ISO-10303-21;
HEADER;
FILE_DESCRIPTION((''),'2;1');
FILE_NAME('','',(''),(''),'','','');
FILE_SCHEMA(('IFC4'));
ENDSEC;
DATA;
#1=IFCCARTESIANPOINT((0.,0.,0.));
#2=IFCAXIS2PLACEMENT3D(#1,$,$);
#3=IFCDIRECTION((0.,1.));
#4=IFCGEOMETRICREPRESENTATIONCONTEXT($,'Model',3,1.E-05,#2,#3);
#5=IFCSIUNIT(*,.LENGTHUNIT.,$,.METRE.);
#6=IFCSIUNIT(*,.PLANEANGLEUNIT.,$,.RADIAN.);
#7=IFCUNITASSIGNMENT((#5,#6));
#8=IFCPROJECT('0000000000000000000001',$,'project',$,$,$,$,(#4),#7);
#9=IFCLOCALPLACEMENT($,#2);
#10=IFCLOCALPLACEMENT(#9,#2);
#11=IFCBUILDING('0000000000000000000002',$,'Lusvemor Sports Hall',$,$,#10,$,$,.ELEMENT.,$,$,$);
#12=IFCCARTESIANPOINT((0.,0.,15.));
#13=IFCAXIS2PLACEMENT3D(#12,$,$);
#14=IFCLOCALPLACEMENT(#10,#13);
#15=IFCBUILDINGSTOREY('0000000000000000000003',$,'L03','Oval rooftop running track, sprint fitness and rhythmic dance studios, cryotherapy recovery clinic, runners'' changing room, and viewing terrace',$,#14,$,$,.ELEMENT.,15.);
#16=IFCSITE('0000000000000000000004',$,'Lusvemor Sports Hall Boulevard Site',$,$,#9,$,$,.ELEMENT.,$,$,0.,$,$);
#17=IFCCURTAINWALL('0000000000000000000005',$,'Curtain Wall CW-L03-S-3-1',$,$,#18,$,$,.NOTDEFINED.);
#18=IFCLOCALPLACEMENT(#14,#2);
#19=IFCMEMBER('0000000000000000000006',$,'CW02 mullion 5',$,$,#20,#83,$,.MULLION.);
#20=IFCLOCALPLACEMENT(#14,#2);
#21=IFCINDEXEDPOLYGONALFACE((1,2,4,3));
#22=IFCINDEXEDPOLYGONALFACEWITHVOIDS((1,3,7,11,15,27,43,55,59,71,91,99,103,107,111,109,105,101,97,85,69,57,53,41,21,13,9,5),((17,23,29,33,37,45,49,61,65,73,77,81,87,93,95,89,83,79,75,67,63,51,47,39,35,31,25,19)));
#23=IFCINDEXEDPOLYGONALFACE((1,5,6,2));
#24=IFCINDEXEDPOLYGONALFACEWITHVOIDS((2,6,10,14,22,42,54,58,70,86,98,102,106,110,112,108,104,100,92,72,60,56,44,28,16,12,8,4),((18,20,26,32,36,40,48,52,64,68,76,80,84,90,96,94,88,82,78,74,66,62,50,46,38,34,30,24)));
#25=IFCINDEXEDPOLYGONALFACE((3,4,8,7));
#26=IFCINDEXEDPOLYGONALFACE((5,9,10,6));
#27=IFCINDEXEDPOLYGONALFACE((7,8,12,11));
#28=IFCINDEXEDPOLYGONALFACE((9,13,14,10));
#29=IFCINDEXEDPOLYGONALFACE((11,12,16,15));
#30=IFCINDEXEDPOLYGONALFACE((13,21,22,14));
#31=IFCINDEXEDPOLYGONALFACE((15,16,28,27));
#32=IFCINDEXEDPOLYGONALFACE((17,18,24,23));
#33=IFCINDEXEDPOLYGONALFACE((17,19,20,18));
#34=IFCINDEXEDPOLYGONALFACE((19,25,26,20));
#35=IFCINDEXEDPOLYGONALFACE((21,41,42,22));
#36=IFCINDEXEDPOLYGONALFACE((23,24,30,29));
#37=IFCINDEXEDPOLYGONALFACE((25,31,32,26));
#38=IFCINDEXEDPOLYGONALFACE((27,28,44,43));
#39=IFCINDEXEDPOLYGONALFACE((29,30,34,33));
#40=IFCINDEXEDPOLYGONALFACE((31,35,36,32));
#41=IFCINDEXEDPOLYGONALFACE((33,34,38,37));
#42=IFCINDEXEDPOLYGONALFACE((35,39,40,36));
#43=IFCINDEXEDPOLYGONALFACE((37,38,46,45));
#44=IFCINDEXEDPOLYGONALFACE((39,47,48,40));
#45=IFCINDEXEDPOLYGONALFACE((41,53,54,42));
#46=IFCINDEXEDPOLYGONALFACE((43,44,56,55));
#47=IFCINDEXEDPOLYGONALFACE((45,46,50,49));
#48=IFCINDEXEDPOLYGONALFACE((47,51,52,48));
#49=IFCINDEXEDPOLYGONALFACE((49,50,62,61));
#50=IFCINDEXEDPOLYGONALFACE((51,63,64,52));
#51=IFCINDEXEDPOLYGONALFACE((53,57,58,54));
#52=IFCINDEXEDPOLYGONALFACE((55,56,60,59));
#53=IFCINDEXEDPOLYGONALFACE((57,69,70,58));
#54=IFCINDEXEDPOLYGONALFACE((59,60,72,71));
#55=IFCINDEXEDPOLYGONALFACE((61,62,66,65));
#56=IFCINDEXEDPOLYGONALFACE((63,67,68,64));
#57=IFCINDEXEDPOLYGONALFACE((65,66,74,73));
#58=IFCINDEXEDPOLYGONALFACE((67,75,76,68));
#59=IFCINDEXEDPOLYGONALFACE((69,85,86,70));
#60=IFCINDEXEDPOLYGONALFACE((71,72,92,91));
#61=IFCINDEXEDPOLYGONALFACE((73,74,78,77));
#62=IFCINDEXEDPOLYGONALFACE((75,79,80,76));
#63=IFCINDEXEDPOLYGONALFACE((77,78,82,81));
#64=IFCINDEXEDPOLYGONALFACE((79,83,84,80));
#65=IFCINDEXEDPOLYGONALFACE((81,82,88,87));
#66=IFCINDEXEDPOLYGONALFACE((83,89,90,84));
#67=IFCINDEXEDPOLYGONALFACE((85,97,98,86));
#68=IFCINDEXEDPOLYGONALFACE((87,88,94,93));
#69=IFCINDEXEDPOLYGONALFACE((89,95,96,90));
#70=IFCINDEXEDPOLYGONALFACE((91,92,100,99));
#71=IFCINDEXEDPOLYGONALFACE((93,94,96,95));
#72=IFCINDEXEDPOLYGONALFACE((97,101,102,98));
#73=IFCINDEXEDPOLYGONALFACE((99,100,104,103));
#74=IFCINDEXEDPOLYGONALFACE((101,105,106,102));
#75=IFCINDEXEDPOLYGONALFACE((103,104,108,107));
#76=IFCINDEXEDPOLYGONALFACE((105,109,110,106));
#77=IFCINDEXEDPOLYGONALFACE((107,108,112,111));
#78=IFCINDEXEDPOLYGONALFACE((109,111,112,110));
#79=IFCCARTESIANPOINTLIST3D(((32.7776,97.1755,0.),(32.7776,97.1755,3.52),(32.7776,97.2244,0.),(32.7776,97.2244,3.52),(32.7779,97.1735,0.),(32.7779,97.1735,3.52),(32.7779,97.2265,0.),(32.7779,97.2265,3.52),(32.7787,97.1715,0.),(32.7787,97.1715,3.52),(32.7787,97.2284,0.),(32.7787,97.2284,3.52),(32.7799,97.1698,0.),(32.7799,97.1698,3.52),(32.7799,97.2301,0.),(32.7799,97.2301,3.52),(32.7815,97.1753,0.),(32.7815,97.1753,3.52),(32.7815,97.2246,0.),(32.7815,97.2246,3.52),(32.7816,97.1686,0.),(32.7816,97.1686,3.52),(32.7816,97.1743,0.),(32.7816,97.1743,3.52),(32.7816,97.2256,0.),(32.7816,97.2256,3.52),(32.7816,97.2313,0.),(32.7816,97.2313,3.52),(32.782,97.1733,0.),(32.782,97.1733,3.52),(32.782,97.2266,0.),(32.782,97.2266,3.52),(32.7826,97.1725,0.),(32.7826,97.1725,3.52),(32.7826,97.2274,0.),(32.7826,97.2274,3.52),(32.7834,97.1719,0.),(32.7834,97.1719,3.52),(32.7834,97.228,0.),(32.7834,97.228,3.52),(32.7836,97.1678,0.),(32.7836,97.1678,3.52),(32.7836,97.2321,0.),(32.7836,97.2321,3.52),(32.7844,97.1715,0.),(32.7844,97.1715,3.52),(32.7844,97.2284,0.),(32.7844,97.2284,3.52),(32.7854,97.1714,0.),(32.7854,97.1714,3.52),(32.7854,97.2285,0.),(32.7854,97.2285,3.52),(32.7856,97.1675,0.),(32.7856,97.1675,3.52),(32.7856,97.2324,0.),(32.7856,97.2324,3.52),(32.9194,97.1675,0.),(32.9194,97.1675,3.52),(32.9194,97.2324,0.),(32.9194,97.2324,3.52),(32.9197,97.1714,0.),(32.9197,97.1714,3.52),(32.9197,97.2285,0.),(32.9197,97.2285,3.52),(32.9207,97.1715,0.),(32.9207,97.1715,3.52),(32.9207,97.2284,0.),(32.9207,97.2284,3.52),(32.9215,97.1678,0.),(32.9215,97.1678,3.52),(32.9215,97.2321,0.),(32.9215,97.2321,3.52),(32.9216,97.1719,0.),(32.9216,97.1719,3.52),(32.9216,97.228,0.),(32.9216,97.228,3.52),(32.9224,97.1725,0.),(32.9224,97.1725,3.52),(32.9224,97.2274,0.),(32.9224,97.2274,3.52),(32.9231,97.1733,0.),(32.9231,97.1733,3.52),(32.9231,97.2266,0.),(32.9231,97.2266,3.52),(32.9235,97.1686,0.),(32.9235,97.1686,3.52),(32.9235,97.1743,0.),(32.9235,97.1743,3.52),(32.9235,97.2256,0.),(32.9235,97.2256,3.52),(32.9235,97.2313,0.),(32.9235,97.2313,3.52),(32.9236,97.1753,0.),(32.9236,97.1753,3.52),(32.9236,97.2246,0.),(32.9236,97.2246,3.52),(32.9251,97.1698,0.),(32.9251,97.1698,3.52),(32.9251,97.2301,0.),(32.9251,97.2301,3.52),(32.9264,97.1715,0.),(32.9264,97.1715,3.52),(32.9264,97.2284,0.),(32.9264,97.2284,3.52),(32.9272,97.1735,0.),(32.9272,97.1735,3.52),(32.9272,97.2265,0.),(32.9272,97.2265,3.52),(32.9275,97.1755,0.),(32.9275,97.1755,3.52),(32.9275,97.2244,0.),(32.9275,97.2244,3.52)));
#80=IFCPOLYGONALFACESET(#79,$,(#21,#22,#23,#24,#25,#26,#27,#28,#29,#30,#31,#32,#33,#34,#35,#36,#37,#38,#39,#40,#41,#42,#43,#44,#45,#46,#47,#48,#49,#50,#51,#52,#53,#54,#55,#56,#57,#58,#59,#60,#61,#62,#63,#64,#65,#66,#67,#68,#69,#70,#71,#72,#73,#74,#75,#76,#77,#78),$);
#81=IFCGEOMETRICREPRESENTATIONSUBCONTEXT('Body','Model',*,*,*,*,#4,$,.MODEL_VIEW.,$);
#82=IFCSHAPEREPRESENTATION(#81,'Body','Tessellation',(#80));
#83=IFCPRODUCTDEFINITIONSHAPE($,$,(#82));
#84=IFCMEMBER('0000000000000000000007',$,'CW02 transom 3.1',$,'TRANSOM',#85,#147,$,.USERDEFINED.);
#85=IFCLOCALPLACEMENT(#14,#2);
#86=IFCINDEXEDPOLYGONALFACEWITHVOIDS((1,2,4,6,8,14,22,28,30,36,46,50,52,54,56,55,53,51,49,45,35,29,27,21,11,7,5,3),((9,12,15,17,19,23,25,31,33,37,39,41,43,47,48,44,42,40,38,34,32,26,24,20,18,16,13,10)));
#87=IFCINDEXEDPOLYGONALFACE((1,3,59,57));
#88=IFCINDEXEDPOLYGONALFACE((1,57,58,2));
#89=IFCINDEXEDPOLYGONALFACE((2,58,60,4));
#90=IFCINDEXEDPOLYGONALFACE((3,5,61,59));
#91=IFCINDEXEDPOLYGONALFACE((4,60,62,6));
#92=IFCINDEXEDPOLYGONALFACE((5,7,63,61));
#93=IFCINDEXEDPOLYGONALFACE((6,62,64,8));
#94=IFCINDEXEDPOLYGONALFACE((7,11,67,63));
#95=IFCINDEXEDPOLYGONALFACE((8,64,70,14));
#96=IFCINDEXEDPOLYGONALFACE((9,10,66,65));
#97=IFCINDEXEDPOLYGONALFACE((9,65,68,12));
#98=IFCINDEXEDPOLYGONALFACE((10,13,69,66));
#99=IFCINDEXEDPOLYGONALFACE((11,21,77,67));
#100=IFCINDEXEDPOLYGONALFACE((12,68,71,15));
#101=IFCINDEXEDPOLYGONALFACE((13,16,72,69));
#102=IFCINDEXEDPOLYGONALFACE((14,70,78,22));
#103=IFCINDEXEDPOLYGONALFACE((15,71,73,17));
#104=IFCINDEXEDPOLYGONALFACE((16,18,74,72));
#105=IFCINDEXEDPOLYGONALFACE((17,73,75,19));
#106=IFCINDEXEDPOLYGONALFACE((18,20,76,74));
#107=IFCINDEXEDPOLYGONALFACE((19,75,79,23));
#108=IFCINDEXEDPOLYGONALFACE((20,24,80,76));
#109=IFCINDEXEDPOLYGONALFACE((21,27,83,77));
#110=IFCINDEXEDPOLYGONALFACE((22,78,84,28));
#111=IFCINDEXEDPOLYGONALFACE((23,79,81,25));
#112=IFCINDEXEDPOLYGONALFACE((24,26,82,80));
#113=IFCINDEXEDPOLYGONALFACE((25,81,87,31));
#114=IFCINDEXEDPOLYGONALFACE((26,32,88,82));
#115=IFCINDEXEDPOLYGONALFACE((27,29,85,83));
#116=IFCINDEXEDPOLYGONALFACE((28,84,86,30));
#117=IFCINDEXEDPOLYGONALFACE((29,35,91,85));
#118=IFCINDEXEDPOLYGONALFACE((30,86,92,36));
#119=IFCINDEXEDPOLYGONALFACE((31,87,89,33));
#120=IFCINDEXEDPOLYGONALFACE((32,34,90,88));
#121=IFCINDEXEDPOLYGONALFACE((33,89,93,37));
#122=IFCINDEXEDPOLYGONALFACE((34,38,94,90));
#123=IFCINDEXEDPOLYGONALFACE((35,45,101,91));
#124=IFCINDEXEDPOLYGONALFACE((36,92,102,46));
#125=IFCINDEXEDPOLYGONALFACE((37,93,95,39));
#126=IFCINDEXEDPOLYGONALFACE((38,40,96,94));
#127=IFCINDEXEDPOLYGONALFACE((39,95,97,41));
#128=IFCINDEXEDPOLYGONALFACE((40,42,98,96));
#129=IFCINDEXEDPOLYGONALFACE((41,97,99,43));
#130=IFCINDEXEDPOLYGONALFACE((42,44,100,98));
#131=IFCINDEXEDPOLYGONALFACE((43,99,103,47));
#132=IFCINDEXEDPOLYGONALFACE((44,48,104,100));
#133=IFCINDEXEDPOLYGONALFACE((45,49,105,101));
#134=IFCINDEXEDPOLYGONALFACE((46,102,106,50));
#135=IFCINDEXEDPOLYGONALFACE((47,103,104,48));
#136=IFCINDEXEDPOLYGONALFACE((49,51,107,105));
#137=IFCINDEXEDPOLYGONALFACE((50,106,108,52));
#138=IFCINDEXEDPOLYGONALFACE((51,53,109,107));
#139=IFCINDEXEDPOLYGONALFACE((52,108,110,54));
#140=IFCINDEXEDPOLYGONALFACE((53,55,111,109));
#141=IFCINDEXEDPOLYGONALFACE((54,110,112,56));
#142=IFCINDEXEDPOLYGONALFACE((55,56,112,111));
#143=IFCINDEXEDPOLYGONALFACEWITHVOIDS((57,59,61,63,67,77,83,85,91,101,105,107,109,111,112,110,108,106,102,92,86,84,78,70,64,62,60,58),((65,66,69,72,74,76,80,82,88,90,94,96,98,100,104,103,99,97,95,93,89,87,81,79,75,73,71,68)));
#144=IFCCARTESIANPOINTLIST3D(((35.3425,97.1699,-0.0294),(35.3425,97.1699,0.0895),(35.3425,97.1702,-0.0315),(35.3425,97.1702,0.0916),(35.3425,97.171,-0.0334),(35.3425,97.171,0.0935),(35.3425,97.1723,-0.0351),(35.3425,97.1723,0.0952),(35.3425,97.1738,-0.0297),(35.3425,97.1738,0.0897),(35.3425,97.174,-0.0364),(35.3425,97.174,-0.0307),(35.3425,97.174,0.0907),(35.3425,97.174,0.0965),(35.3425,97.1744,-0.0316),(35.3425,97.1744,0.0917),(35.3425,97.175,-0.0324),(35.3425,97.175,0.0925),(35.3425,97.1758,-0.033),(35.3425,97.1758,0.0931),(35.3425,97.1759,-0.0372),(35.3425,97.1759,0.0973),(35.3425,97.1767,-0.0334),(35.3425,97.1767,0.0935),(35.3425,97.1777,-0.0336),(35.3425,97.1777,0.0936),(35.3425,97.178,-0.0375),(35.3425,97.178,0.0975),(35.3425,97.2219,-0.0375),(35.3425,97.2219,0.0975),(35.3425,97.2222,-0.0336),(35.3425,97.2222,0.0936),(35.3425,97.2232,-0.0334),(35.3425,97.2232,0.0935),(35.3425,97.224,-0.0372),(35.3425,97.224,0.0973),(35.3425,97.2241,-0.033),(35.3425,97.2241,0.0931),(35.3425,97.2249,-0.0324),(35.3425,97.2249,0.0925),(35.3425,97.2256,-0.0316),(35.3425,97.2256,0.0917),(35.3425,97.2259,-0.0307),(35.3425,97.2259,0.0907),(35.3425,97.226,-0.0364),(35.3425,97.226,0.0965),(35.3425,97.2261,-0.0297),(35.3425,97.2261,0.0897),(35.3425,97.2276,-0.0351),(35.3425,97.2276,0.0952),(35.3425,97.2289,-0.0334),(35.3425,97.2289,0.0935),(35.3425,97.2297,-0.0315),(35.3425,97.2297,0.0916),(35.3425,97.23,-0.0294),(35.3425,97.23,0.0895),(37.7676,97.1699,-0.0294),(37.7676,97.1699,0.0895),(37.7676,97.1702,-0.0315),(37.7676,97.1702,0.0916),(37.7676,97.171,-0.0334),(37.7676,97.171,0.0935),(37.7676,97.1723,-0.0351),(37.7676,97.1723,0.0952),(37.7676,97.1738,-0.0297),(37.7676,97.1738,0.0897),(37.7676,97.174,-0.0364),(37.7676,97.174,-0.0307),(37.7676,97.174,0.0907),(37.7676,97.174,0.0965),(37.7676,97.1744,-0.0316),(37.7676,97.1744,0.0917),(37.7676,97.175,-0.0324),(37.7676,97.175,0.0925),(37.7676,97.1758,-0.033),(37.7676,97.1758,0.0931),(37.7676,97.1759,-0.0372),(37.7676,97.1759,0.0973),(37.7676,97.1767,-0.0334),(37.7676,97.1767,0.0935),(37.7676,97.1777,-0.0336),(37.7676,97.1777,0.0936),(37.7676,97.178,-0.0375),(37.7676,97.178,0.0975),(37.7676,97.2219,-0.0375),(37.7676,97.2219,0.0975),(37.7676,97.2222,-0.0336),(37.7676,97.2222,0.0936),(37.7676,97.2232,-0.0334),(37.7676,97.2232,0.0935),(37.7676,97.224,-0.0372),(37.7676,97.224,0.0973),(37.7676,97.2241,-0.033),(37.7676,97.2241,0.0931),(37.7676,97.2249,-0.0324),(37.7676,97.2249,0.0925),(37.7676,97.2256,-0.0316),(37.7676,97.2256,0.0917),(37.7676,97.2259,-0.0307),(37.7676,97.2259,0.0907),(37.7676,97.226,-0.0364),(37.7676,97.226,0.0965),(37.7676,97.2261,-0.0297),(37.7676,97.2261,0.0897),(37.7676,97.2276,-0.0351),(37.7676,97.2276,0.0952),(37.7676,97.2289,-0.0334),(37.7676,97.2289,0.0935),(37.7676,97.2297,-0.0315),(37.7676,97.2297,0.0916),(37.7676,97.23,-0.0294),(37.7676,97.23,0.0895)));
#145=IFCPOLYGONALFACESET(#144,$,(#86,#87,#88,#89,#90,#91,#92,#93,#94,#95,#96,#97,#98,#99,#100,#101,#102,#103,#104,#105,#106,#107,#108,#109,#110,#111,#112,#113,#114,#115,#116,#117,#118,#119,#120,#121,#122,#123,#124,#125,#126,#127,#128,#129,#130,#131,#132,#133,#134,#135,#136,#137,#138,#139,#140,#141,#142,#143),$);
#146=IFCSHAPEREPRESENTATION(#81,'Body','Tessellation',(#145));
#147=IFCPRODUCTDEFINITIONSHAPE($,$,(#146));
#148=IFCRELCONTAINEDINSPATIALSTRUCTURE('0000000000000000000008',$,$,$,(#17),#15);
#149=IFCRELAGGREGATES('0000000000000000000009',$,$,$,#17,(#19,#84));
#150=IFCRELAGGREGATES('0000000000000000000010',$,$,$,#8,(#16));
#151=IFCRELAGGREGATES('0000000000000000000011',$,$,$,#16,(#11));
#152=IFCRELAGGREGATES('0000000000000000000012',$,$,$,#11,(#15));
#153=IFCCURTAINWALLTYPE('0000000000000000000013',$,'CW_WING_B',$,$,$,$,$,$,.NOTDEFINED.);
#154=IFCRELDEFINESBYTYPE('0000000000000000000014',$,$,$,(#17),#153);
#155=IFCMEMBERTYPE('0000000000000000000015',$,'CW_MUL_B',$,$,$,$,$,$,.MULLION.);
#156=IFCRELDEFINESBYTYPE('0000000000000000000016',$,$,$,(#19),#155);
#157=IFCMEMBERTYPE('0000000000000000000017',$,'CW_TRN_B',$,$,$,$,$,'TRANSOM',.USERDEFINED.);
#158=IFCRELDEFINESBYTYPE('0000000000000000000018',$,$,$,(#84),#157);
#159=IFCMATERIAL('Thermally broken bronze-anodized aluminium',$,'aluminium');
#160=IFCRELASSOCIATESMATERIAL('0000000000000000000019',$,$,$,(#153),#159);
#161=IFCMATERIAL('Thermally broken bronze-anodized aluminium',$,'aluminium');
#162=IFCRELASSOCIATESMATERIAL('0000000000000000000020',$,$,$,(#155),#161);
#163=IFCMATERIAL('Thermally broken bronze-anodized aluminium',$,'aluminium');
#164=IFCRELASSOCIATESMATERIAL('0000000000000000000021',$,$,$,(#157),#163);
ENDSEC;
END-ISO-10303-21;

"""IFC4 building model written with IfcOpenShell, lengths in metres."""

from ifc_helpers import new_model, si_unit, direction, frame, origin, origin_2d, place, context, subcontext, project, spatial, hollow_rectangle, extrude, material, material_profile, profile_set, type_object, element, aggregate, save


model = new_model("IFC4")

# Units and contexts
model_context = context("Model", 3, precision=1e-05, world=origin(), true_north=direction((0.0, 1.0)))
body_context = subcontext(model_context, "Body", "Model", "MODEL_VIEW")
ifc_project = project(units=[si_unit("LENGTHUNIT", "METRE"), si_unit("PLANEANGLEUNIT", "RADIAN")], contexts=[model_context])

# Site, building, storey
site_placement = place(None, origin())
site = spatial("IfcSite", under=ifc_project, at=site_placement, Name="Lusvemor Sports Hall Boulevard Site", CompositionType="ELEMENT", RefElevation=0.0)
building_placement = place(site_placement, origin())
building = spatial("IfcBuilding", under=site, at=building_placement, Name="Lusvemor Sports Hall", CompositionType="ELEMENT")
storey_placement = place(building_placement, frame((0.0, 0.0, 15.0)))
storey = spatial("IfcBuildingStorey", under=building, at=storey_placement, Name="L03", Description="Oval rooftop running track, sprint fitness and rhythmic dance studios, cryotherapy recovery clinic, runners' changing room, and viewing terrace", CompositionType="ELEMENT", Elevation=15.0)

# Curtain wall, members
ifc_material_1 = material(Name="Thermally broken bronze-anodized aluminium", Category="aluminium")
curtain_wall_type = type_object("IfcCurtainWallType", Name="CW_WING_B", PredefinedType="NOTDEFINED", material=ifc_material_1)
curtain_wall_placement = place(storey_placement, origin())
curtain_wall = element("IfcCurtainWall", 1, at=curtain_wall_placement, inside=storey, type_object=curtain_wall_type, Name="Curtain Wall CW-L03-S-3-1", PredefinedType="NOTDEFINED")
ifc_material_2 = material(Name="Thermally broken bronze-anodized aluminium", Category="aluminium")
ifc_material_profile_1 = material_profile(ifc_material_2, hollow_rectangle(XDim=0.0649, YDim=0.1499, WallThickness=0.0039, InnerFilletRadius=0.0039, OuterFilletRadius=0.0081, at=origin_2d()), Name="CWMUL150x65x4")
ifc_profile_set_1 = profile_set([ifc_material_profile_1], Name="Thermally broken bronze-anodized aluminium")
member_type_1 = type_object("IfcMemberType", Name="CW_MUL_B", PredefinedType="MULLION", material=ifc_profile_set_1)
member_1_placement = place(storey_placement, frame((32.8525, 97.2, 0.0), z_axis=(0.0, 0.0, 1.0), x_axis=(0.0, -1.0, 0.0)))
member_1 = element("IfcMember", 2, at=member_1_placement, type_object=member_type_1, Name="CW02 mullion 5", PredefinedType="MULLION", context=body_context, shape_type="SweptSolid", body=[
    extrude(hollow_rectangle(XDim=0.0649, YDim=0.1499, WallThickness=0.0039, InnerFilletRadius=0.0039, OuterFilletRadius=0.0081, at=origin_2d()), origin(), (0.0, 0.0, 1.0), 3.52),
])
ifc_material_3 = material(Name="Thermally broken bronze-anodized aluminium", Category="aluminium")
ifc_material_profile_2 = material_profile(ifc_material_3, hollow_rectangle(XDim=0.0601, YDim=0.135, WallThickness=0.0039, InnerFilletRadius=0.0039, OuterFilletRadius=0.0081, at=origin_2d()), Name="CWTRN135x60x4")
ifc_profile_set_2 = profile_set([ifc_material_profile_2], Name="Thermally broken bronze-anodized aluminium")
member_type_2 = type_object("IfcMemberType", Name="CW_TRN_B", ElementType="TRANSOM", PredefinedType="USERDEFINED", material=ifc_profile_set_2)
member_2_placement = place(storey_placement, frame((37.7676, 97.2, 0.03), z_axis=(-1.0, 0.0, 0.0), x_axis=(0.0, -1.0, 0.0)))
member_2 = element("IfcMember", 3, at=member_2_placement, type_object=member_type_2, Name="CW02 transom 3.1", ObjectType="TRANSOM", PredefinedType="USERDEFINED", context=body_context, shape_type="SweptSolid", body=[
    extrude(hollow_rectangle(XDim=0.0601, YDim=0.135, WallThickness=0.0039, InnerFilletRadius=0.0039, OuterFilletRadius=0.0081, at=origin_2d()), origin(), (0.0, 0.0, 1.0), 2.425),
])

aggregate(curtain_wall, [member_1, member_2])

save(model, "model.ifc")
